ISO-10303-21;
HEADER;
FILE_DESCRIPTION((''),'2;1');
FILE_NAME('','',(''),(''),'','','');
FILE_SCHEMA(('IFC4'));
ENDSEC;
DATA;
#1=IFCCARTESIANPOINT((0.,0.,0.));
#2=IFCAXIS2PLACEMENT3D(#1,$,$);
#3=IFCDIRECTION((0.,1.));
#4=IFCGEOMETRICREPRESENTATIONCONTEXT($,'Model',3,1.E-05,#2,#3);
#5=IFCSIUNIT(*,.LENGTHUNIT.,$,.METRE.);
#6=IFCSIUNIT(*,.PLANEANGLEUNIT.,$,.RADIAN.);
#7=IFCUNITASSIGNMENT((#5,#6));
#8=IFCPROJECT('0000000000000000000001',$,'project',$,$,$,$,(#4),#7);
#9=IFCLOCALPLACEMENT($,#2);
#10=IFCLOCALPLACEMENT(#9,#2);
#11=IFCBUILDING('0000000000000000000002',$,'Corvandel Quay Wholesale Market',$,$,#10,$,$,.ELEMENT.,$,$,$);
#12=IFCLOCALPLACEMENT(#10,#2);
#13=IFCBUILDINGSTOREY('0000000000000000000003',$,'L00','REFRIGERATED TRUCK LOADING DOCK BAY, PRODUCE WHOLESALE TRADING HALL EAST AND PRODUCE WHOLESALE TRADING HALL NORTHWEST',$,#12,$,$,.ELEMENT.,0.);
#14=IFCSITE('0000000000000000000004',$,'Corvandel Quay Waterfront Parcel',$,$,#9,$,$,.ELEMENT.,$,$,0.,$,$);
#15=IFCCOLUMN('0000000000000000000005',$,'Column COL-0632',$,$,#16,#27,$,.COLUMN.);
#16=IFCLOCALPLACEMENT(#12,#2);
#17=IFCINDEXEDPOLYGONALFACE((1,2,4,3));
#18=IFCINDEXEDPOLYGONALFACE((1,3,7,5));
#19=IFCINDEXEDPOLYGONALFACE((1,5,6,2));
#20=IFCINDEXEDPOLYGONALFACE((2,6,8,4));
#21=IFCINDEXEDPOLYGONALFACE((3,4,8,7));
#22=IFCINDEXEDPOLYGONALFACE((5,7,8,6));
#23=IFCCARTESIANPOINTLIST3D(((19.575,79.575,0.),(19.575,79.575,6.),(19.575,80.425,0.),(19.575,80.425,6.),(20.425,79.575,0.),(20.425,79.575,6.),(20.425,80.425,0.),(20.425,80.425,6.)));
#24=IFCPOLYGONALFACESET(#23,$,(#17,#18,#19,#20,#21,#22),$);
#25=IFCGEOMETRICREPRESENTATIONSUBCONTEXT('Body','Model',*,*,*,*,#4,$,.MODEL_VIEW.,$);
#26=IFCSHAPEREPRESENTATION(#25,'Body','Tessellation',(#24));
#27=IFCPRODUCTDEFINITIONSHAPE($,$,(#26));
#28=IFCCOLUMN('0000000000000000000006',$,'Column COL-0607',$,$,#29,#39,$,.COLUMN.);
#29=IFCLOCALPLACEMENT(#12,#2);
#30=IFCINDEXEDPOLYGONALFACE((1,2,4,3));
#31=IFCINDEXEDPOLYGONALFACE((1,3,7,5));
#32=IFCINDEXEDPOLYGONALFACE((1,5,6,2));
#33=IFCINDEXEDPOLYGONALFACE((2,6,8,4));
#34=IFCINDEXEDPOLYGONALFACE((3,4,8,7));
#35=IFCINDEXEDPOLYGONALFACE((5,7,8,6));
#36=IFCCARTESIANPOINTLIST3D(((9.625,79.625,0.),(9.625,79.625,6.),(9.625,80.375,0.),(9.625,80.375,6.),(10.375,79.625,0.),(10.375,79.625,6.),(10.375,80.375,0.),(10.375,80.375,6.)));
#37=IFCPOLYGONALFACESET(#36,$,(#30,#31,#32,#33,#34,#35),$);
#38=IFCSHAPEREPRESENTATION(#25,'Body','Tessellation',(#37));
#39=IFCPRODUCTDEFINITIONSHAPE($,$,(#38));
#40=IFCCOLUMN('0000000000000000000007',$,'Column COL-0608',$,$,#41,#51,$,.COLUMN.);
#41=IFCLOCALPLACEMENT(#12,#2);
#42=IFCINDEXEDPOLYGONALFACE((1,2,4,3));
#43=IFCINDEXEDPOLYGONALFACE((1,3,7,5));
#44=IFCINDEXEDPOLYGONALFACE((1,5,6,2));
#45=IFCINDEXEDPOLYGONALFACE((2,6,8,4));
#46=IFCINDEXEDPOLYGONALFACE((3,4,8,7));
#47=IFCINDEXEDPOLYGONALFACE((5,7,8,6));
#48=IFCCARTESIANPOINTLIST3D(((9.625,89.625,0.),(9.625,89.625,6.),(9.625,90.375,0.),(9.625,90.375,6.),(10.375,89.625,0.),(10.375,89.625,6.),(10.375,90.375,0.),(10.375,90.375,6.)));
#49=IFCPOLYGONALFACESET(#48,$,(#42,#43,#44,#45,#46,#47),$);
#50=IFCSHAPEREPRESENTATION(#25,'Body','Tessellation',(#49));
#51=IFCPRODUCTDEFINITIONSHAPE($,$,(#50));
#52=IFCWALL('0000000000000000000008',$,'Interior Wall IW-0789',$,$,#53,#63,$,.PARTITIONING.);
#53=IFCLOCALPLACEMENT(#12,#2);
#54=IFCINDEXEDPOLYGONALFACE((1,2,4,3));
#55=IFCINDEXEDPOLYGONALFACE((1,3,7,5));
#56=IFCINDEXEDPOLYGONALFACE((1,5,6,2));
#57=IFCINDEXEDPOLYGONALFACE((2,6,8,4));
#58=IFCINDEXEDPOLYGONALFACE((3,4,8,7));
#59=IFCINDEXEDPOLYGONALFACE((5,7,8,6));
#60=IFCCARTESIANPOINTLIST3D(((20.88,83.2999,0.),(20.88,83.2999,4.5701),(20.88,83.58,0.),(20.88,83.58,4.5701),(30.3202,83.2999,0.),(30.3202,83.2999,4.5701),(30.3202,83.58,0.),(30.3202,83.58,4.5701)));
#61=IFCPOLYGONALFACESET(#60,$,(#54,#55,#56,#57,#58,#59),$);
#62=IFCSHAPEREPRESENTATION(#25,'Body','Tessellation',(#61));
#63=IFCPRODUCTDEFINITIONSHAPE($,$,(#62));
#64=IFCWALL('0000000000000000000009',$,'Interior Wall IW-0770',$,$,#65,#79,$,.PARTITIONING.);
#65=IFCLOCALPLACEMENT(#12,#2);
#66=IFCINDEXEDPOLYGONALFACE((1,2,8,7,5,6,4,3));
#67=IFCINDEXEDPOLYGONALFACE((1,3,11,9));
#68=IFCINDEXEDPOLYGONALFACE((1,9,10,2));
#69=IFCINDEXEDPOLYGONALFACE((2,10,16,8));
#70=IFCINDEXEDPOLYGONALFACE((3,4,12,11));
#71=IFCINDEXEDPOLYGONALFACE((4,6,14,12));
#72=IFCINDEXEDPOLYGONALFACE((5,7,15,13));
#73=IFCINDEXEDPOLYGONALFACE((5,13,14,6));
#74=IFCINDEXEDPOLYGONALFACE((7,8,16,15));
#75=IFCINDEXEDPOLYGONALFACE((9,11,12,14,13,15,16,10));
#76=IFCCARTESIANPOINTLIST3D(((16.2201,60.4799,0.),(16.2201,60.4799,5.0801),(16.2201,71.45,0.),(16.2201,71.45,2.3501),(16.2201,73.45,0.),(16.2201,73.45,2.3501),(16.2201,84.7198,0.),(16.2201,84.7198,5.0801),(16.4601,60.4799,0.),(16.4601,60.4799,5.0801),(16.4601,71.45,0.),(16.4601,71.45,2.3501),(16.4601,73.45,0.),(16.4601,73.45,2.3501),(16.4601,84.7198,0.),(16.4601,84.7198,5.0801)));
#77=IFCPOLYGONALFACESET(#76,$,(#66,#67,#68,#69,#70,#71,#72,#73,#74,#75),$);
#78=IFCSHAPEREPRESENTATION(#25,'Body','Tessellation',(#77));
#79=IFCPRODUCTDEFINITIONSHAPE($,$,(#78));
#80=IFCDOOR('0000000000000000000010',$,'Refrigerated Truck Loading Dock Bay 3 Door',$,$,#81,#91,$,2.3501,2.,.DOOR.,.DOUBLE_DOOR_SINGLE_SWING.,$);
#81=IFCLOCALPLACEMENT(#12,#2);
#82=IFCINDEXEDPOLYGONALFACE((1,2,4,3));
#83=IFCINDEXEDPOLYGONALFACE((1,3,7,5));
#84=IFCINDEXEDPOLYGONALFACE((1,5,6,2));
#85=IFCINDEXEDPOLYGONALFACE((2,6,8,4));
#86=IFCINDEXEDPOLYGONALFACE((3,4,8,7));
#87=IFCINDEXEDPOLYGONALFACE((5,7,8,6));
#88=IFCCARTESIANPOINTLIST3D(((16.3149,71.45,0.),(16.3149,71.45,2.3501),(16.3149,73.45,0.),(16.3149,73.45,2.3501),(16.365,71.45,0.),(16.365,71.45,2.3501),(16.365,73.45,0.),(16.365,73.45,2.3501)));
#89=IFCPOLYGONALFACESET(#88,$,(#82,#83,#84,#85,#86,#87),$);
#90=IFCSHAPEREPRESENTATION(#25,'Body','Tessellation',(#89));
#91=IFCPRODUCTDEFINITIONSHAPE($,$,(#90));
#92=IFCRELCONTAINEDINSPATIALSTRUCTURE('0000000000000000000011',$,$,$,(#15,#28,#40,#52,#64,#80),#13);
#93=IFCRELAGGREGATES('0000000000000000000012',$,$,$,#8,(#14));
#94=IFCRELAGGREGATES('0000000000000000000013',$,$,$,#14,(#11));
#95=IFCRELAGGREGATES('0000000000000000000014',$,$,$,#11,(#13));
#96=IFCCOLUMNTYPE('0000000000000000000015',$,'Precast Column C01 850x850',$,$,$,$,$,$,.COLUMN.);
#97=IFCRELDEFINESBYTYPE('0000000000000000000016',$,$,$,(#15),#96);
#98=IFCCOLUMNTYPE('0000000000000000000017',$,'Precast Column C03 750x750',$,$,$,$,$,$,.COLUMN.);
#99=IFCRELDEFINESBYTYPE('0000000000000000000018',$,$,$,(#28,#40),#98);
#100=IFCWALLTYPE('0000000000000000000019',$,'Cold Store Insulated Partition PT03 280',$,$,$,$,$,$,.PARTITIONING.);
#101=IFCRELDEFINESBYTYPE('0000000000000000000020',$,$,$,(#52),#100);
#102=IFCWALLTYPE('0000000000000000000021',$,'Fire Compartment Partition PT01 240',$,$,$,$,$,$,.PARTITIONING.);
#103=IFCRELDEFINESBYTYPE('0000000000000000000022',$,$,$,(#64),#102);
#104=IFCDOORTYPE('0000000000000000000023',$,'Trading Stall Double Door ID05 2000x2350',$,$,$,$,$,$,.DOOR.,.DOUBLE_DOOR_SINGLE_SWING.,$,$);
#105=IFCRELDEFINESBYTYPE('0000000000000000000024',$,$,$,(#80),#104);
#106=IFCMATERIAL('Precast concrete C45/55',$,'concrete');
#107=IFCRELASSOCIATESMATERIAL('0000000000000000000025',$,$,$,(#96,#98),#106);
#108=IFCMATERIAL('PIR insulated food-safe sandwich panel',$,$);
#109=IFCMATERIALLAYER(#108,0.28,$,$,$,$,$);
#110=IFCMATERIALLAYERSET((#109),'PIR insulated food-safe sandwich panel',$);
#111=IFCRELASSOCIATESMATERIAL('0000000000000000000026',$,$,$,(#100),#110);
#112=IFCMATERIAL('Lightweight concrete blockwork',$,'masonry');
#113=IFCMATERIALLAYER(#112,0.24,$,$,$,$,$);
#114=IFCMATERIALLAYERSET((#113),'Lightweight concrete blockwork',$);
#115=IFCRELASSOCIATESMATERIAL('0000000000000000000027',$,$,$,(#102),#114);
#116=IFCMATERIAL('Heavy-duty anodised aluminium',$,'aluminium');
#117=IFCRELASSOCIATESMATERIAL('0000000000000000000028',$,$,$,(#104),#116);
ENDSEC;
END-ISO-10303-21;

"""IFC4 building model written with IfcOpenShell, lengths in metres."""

from ifc_helpers import new_model, si_unit, direction, frame, frame_2d, origin, origin_2d, place, context, subcontext, project, spatial, rectangle, extrude, material, layer, layer_set, material_profile, profile_set, type_object, element, fill, save


model = new_model("IFC4")

# Units and contexts
model_context = context("Model", 3, precision=1e-05, world=origin(), true_north=direction((0.0, 1.0)))
body_context = subcontext(model_context, "Body", "Model", "MODEL_VIEW")
ifc_project = project(units=[si_unit("LENGTHUNIT", "METRE"), si_unit("PLANEANGLEUNIT", "RADIAN")], contexts=[model_context])

# Site, building, storey
site_placement = place(None, origin())
site = spatial("IfcSite", under=ifc_project, at=site_placement, Name="Corvandel Quay Waterfront Parcel", CompositionType="ELEMENT", RefElevation=0.0)
building_placement = place(site_placement, origin())
building = spatial("IfcBuilding", under=site, at=building_placement, Name="Corvandel Quay Wholesale Market", CompositionType="ELEMENT")
storey_placement = place(building_placement, origin())
storey = spatial("IfcBuildingStorey", under=building, at=storey_placement, Name="L00", Description="REFRIGERATED TRUCK LOADING DOCK BAY, PRODUCE WHOLESALE TRADING HALL EAST AND PRODUCE WHOLESALE TRADING HALL NORTHWEST", CompositionType="ELEMENT", Elevation=0.0)

# Columns
ifc_material_1 = material(Name="Precast concrete C45/55", Category="concrete")
ifc_material_profile_1 = material_profile(ifc_material_1, rectangle(XDim=0.8501, YDim=0.8501, at=origin_2d()), Name="PC-COL-850x850")
ifc_profile_set_1 = profile_set([ifc_material_profile_1], Name="Precast concrete C45/55")
column_type_1 = type_object("IfcColumnType", Name="Precast Column C01 850x850", PredefinedType="COLUMN", material=ifc_profile_set_1)
column_placement = place(storey_placement, frame((20.0, 80.0, 0.0), z_axis=(0.0, 0.0, 1.0), x_axis=(1.0, 0.0, 0.0)))
element("IfcColumn", 1, at=column_placement, inside=storey, type_object=column_type_1, Name="Column COL-0632", PredefinedType="COLUMN", context=body_context, shape_type="SweptSolid", body=[
    extrude(rectangle(XDim=0.8501, YDim=0.8501, at=origin_2d()), origin(), (0.0, 0.0, 1.0), 6.0),
])
ifc_material_profile_2 = material_profile(ifc_material_1, rectangle(XDim=0.75, YDim=0.75, at=origin_2d()), Name="PC-COL-750x750")
ifc_profile_set_2 = profile_set([ifc_material_profile_2], Name="Precast concrete C45/55")
column_type_2 = type_object("IfcColumnType", Name="Precast Column C03 750x750", PredefinedType="COLUMN", material=ifc_profile_set_2)
for number, where, z_axis, x_axis, name in (
    (2, (10.0, 80.0, 0.0), (0.0, 0.0, 1.0), (1.0, 0.0, 0.0), "Column COL-0607"),
    (3, (10.0, 90.0, 0.0), (0.0, 0.0, 1.0), (1.0, 0.0, 0.0), "Column COL-0608"),
):
    element("IfcColumn", number, at=place(storey_placement, frame(where, z_axis=z_axis, x_axis=x_axis)), inside=storey, type_object=column_type_2, Name=name, PredefinedType="COLUMN", context=body_context, shape_type="SweptSolid", body=[
        extrude(rectangle(XDim=0.75, YDim=0.75, at=origin_2d()), origin(), (0.0, 0.0, 1.0), 6.0),
    ])

# Wall
ifc_material_2 = material(Name="PIR insulated food-safe sandwich panel")
ifc_layer_1 = layer(ifc_material_2, 0.28)
ifc_layer_set_1 = layer_set([ifc_layer_1], Name="PIR insulated food-safe sandwich panel")
wall_type_1 = type_object("IfcWallType", Name="Cold Store Insulated Partition PT03 280", PredefinedType="PARTITIONING", material=ifc_layer_set_1)
wall_1_placement = place(storey_placement, frame((20.8799, 83.4399, 0.0), z_axis=(0.0, 0.0, 1.0), x_axis=(1.0, 0.0, 0.0)))
element("IfcWall", 4, at=wall_1_placement, inside=storey, type_object=wall_type_1, Name="Interior Wall IW-0789", PredefinedType="PARTITIONING", context=body_context, shape_type="SweptSolid", body=[
    extrude(rectangle(XDim=9.4402, YDim=0.28, at=frame_2d((4.7202, 0.0))), origin(), (0.0, 0.0, 1.0), 4.5701),
])

# Wall, opening, door
ifc_material_3 = material(Name="Lightweight concrete blockwork", Category="masonry")
ifc_layer_2 = layer(ifc_material_3, 0.24)
ifc_layer_set_2 = layer_set([ifc_layer_2], Name="Lightweight concrete blockwork")
wall_type_2 = type_object("IfcWallType", Name="Fire Compartment Partition PT01 240", PredefinedType="PARTITIONING", material=ifc_layer_set_2)
wall_2_placement = place(storey_placement, frame((16.3401, 84.72, 0.0), z_axis=(0.0, 0.0, 1.0), x_axis=(0.0, -1.0, 0.0)))
wall_2 = element("IfcWall", 5, at=wall_2_placement, inside=storey, type_object=wall_type_2, Name="Interior Wall IW-0770", PredefinedType="PARTITIONING", context=body_context, shape_type="SweptSolid", body=[
    extrude(rectangle(XDim=24.24, YDim=0.24, at=frame_2d((12.1201, 0.0))), origin(), (0.0, 0.0, 1.0), 5.0801),
])
opening_placement = place(wall_2_placement, frame((11.27, 0.0, 0.0)))
opening = element("IfcOpeningElement", 6, at=opening_placement, cuts=wall_2, PredefinedType="OPENING", context=body_context, shape_type="SweptSolid", body=[
    extrude(rectangle(XDim=2.0, YDim=2.3501, at=frame_2d((1.0, 1.175))), frame((0.0, 0.1299, 0.0), z_axis=(0.0, -1.0, 0.0), x_axis=(1.0, 0.0, 0.0)), (0.0, 0.0, 1.0), 0.26),
])
ifc_material_4 = material(Name="Heavy-duty anodised aluminium", Category="aluminium")
door_type = type_object("IfcDoorType", Name="Trading Stall Double Door ID05 2000x2350", OperationType="DOUBLE_DOOR_SINGLE_SWING", PredefinedType="DOOR", material=ifc_material_4)
door_placement = place(opening_placement, origin())
door = element("IfcDoor", 7, at=door_placement, inside=storey, type_object=door_type, Name="Refrigerated Truck Loading Dock Bay 3 Door", OperationType="DOUBLE_DOOR_SINGLE_SWING", OverallHeight=2.3501, OverallWidth=2.0, PredefinedType="DOOR", context=body_context, shape_type="SweptSolid", body=[
    extrude(rectangle(XDim=2.0, YDim=2.3501, at=frame_2d((1.0, 1.175))), frame((0.0, 0.0249, 0.0), z_axis=(0.0, -1.0, 0.0), x_axis=(1.0, 0.0, 0.0)), (0.0, 0.0, 1.0), 0.05),
])
fill(opening, door)

save(model, "model.ifc")
